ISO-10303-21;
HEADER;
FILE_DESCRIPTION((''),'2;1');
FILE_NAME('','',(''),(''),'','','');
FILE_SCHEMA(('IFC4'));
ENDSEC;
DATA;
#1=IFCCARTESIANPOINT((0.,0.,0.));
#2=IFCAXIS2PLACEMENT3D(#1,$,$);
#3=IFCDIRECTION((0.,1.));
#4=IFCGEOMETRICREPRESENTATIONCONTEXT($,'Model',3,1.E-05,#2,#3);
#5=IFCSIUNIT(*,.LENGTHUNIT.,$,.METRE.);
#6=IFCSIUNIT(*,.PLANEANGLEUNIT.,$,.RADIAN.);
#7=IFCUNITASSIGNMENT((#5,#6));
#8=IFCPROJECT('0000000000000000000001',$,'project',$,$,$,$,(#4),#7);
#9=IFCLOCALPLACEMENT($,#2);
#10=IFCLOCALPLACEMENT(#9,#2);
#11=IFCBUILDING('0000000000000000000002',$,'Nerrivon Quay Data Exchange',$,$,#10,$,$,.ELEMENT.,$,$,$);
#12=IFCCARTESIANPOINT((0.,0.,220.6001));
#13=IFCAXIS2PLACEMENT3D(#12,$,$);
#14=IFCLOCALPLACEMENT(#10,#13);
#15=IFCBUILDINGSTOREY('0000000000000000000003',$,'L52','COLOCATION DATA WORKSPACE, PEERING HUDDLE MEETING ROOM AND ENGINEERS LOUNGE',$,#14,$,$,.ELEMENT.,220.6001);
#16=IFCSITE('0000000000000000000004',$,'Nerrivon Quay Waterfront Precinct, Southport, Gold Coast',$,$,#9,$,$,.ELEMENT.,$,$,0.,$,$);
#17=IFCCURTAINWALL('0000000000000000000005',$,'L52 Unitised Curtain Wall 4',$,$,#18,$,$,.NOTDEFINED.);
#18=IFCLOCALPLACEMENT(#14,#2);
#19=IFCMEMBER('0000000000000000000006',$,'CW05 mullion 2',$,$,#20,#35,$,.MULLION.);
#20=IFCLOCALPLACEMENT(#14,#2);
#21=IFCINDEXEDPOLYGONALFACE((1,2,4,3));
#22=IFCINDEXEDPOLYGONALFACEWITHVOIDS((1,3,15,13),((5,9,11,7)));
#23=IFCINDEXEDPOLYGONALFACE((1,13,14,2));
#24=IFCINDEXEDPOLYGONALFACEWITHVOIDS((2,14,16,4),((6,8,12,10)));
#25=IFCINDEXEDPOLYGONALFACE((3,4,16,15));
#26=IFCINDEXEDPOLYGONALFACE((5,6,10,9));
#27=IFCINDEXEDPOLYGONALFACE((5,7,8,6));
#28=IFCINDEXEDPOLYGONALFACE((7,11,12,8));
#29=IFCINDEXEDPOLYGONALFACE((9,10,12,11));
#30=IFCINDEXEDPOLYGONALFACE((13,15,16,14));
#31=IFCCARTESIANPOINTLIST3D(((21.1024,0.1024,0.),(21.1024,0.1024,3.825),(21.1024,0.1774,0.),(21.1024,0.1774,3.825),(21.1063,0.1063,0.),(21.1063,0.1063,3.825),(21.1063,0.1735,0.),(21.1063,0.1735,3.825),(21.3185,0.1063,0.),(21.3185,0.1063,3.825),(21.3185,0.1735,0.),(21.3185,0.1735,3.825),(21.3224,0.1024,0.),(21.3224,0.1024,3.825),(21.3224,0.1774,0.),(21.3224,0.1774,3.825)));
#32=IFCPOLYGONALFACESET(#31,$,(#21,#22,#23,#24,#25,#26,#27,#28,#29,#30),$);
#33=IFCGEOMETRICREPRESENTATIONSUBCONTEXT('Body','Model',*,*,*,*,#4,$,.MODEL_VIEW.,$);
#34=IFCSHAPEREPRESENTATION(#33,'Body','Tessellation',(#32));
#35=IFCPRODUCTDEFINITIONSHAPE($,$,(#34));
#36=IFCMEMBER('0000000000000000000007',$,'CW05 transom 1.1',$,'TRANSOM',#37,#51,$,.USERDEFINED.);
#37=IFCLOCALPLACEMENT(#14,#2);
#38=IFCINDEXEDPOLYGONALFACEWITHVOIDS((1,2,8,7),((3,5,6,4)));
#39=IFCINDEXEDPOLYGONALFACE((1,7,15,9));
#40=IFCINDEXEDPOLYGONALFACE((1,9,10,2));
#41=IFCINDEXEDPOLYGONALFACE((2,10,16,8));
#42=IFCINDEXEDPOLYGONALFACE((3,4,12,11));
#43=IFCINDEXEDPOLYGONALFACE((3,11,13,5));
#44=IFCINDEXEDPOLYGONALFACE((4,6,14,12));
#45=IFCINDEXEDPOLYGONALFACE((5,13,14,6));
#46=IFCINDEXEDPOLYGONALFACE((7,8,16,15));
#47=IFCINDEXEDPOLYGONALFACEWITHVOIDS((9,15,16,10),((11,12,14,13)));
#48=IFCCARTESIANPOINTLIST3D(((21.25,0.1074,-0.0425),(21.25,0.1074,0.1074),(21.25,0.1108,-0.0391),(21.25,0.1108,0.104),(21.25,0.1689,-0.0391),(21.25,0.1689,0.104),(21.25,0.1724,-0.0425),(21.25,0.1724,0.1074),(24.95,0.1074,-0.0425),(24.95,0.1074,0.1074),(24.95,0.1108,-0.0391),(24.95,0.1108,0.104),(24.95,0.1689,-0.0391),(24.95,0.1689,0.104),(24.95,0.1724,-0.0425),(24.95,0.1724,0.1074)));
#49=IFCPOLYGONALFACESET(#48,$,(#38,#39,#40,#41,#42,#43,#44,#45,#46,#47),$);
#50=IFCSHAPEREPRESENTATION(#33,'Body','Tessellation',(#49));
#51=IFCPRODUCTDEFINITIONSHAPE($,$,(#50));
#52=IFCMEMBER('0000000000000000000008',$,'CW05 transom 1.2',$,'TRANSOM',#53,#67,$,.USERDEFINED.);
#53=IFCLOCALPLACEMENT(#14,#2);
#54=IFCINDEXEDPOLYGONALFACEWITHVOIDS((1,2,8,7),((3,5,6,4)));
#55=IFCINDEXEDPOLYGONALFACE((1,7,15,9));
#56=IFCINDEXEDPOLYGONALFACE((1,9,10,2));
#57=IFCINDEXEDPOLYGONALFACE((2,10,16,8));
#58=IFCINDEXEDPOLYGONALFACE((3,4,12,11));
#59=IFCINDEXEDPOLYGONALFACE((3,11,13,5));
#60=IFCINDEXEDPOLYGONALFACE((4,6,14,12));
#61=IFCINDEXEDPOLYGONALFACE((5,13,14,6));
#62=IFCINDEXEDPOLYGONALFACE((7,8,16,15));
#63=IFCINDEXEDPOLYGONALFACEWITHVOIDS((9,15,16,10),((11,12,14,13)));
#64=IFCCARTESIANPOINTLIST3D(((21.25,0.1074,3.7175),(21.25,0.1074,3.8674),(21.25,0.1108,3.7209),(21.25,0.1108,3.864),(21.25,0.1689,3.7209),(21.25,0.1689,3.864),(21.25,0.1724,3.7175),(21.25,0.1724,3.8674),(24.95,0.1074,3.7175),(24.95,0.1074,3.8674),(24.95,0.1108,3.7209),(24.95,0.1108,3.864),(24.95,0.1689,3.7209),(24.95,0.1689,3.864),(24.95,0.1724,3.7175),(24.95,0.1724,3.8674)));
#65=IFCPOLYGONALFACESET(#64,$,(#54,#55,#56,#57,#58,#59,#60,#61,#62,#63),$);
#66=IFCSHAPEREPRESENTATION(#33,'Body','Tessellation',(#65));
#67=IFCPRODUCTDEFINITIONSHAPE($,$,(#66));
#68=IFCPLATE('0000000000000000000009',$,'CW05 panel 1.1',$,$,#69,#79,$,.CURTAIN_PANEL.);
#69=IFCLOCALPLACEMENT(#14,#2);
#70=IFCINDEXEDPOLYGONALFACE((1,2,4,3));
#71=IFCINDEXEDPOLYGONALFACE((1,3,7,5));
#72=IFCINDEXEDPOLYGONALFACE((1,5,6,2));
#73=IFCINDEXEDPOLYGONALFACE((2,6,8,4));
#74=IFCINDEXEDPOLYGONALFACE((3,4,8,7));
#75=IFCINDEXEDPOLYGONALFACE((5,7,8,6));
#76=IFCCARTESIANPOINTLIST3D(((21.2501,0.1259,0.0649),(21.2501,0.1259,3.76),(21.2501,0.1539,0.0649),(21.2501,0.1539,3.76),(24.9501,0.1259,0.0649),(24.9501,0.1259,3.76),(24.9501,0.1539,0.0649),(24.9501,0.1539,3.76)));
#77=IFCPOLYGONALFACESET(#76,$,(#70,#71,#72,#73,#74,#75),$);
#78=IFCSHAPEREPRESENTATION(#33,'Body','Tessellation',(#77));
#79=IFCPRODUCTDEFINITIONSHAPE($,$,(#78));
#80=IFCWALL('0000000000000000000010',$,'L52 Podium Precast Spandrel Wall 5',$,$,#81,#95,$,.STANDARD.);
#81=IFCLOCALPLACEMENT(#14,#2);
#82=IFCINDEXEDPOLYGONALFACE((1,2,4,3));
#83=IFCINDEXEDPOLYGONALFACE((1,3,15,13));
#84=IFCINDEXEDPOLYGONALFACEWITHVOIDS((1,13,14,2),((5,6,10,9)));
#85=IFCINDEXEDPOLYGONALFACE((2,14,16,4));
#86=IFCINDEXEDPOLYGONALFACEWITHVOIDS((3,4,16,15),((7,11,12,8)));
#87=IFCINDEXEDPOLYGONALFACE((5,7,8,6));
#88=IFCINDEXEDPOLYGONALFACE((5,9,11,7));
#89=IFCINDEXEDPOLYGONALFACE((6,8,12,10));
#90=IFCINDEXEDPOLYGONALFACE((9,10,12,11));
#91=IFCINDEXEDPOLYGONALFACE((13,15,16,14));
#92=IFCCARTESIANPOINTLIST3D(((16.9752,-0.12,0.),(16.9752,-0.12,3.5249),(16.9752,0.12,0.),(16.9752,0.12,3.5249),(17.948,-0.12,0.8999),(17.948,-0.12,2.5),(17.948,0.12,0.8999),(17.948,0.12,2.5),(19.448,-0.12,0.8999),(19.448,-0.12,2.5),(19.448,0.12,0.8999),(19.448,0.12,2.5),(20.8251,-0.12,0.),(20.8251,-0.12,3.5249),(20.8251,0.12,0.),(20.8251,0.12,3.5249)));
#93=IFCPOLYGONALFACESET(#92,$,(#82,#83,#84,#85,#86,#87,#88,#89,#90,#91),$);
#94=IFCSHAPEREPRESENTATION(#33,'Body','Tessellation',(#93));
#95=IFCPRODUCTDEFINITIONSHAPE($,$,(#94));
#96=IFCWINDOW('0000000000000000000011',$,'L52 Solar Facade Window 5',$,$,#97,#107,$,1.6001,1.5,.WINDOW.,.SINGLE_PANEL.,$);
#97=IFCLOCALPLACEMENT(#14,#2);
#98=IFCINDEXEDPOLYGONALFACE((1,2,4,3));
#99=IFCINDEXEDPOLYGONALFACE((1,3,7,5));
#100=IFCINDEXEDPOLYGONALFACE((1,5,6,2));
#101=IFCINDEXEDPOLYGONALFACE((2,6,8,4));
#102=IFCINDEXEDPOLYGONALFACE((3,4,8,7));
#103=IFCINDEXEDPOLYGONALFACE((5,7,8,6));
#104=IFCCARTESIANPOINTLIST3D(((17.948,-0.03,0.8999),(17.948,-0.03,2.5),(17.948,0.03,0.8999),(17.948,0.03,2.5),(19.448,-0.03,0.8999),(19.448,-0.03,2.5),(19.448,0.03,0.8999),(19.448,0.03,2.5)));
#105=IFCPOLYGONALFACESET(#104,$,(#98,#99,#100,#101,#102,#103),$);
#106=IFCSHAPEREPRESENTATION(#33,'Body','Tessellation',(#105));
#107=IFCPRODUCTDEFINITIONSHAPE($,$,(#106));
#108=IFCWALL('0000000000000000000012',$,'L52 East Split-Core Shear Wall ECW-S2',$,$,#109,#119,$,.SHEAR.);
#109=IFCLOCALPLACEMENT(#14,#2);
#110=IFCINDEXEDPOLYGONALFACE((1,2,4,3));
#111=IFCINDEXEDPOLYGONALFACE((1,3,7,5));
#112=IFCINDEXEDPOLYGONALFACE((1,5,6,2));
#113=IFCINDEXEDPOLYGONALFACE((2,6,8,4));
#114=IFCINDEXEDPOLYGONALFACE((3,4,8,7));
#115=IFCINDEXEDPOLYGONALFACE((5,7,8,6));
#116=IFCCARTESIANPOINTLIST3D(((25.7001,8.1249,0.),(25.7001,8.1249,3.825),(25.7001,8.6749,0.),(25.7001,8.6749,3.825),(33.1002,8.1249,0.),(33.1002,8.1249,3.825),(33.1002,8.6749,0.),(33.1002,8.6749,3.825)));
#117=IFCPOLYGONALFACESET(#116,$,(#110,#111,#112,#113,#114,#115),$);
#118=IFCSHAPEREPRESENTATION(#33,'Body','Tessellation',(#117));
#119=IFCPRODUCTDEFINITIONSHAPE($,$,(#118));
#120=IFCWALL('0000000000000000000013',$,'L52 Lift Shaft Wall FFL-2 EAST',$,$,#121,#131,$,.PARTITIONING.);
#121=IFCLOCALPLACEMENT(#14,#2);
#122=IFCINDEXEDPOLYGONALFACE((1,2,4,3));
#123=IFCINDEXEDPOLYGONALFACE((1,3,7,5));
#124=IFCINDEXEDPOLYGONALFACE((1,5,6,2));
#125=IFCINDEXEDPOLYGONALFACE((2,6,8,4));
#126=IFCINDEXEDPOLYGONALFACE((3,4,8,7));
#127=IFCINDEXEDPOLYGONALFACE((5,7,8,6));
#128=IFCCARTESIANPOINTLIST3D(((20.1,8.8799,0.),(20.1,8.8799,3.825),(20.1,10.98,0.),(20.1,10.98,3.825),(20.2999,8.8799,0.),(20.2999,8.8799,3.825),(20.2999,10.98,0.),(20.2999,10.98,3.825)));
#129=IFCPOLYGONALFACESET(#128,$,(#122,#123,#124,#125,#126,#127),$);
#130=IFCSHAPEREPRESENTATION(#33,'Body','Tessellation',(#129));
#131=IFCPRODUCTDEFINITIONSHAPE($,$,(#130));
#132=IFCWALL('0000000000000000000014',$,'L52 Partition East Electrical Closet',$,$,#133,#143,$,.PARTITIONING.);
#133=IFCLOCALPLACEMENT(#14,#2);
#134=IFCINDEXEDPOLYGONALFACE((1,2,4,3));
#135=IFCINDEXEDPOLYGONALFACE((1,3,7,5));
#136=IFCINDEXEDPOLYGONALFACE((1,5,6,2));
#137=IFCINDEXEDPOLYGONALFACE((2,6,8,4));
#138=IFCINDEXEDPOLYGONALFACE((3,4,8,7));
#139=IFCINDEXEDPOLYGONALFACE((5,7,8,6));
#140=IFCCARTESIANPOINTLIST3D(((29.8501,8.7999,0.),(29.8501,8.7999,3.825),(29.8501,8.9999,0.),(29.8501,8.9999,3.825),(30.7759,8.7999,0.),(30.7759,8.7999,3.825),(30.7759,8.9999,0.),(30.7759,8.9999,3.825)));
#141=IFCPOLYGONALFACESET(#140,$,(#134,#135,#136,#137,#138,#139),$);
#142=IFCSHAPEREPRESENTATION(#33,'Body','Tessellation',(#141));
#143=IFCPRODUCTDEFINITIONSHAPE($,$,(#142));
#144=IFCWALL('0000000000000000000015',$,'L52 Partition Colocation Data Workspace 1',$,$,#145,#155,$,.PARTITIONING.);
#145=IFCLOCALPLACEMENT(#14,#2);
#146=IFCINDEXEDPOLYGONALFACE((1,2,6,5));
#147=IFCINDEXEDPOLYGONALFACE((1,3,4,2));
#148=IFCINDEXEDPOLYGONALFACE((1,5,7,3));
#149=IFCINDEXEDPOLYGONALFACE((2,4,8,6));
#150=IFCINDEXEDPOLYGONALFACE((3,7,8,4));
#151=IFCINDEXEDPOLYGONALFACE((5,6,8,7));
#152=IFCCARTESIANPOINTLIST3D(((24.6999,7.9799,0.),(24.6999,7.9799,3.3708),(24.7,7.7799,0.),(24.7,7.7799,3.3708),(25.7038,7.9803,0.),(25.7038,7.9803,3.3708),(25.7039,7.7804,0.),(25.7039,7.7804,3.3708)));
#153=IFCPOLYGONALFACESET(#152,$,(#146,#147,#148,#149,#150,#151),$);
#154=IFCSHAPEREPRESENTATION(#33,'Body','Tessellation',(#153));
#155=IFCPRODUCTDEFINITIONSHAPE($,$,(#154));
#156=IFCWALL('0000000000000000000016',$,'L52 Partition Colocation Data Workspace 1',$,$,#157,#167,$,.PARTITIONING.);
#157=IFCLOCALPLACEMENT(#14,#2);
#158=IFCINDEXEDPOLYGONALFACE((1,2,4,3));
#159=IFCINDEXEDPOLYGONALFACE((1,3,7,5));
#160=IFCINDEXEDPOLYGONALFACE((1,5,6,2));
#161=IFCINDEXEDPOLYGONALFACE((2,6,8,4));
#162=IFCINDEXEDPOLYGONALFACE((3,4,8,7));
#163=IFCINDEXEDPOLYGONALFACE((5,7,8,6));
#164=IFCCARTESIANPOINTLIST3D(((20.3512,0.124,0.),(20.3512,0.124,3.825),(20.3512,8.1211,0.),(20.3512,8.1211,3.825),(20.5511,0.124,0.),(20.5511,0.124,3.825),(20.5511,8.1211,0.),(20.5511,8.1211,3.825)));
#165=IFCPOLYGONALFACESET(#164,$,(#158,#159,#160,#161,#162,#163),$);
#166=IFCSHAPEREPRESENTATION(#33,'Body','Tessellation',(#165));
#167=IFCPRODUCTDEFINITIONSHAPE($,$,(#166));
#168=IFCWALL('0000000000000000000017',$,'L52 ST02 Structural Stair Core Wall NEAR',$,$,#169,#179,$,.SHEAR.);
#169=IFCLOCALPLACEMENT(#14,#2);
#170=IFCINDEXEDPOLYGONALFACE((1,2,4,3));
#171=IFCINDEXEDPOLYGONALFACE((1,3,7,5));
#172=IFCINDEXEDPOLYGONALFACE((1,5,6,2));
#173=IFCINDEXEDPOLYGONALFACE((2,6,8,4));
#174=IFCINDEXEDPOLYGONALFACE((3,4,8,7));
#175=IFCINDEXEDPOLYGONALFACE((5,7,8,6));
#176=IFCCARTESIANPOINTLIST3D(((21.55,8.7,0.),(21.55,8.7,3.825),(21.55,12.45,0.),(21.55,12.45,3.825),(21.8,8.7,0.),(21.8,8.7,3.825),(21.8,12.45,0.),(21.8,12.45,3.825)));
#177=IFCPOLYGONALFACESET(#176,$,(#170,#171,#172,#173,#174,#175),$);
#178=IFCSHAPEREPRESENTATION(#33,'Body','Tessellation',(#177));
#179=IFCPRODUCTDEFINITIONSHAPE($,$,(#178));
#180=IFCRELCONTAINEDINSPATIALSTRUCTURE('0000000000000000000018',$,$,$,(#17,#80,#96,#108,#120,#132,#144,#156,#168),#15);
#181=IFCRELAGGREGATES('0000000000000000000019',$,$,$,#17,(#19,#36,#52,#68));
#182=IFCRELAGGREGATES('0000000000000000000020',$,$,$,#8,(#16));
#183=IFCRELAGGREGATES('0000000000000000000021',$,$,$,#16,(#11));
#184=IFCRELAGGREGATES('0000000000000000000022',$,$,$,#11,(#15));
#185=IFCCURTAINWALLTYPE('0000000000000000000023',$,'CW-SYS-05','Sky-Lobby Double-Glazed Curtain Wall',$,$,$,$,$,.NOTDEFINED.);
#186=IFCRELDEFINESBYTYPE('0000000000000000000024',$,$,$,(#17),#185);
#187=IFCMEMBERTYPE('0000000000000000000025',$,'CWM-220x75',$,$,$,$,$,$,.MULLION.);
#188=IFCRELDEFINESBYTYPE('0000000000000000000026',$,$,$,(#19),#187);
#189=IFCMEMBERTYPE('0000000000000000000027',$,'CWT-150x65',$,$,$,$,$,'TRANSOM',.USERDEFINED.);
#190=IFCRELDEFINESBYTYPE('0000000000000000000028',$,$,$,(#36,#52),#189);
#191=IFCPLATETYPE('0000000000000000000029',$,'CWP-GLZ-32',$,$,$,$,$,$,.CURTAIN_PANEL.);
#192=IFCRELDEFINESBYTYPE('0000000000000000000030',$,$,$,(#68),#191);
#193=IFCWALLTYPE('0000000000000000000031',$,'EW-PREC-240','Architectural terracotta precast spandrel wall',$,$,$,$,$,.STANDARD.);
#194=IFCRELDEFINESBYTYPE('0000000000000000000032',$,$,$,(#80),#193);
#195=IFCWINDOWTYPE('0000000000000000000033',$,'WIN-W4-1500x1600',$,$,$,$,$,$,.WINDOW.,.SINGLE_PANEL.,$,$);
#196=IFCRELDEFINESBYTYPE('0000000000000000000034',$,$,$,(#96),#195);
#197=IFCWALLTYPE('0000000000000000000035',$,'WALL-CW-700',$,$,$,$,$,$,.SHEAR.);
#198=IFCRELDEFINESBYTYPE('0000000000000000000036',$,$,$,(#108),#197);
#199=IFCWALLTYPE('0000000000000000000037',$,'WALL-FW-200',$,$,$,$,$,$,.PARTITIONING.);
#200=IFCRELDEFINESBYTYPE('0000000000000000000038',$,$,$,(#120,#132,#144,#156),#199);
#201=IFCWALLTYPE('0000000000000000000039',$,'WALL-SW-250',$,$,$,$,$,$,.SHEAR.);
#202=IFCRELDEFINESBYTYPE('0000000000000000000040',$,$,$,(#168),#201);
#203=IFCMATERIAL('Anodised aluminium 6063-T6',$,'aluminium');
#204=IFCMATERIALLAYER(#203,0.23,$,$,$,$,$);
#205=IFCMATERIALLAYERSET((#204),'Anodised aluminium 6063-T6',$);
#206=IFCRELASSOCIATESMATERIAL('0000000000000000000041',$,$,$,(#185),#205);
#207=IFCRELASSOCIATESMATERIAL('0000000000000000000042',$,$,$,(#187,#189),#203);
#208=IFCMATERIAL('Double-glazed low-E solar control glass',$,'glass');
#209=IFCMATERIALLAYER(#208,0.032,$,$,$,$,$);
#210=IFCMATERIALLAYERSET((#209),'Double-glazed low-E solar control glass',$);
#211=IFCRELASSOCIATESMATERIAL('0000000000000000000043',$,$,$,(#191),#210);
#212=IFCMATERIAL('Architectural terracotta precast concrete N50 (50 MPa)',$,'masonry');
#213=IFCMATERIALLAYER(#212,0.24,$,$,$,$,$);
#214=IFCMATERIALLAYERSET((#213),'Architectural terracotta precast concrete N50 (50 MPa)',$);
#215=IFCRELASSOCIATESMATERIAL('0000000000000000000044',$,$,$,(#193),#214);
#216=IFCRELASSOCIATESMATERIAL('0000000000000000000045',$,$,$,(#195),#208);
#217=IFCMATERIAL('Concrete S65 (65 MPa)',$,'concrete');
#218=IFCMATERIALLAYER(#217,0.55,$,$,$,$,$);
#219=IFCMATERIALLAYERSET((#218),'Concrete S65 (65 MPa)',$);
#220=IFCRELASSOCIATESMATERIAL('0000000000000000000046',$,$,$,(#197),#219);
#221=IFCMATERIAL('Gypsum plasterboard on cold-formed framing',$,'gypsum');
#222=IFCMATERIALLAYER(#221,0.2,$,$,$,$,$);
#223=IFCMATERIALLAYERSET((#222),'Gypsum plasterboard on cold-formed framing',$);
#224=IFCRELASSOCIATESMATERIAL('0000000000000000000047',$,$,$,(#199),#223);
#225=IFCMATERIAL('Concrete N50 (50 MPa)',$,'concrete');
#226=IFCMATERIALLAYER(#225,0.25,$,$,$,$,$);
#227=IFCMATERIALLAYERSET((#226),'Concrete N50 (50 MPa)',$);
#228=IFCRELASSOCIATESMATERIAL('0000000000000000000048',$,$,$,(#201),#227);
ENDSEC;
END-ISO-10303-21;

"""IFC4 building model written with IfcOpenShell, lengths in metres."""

from ifc_helpers import new_model, si_unit, direction, frame, frame_2d, origin, origin_2d, place, context, subcontext, project, spatial, rectangle, hollow_rectangle, extrude, material, layer, layer_set, material_profile, profile_set, type_object, element, fill, aggregate, save


model = new_model("IFC4")

# Units and contexts
model_context = context("Model", 3, precision=1e-05, world=origin(), true_north=direction((0.0, 1.0)))
body_context = subcontext(model_context, "Body", "Model", "MODEL_VIEW")
ifc_project = project(units=[si_unit("LENGTHUNIT", "METRE"), si_unit("PLANEANGLEUNIT", "RADIAN")], contexts=[model_context])

# Site, building, storey
site_placement = place(None, origin())
site = spatial("IfcSite", under=ifc_project, at=site_placement, Name="Nerrivon Quay Waterfront Precinct, Southport, Gold Coast", CompositionType="ELEMENT", RefElevation=0.0)
building_placement = place(site_placement, origin())
building = spatial("IfcBuilding", under=site, at=building_placement, Name="Nerrivon Quay Data Exchange", CompositionType="ELEMENT")
storey_placement = place(building_placement, frame((0.0, 0.0, 220.6001)))
storey = spatial("IfcBuildingStorey", under=building, at=storey_placement, Name="L52", Description="COLOCATION DATA WORKSPACE, PEERING HUDDLE MEETING ROOM AND ENGINEERS LOUNGE", CompositionType="ELEMENT", Elevation=220.6001)

# Shared definitions
ifc_material_1 = material(Name="Concrete S65 (65 MPa)", Category="concrete")
ifc_material_2 = material(Name="Concrete N50 (50 MPa)", Category="concrete")

# Curtain wall, members, plate
ifc_material_3 = material(Name="Anodised aluminium 6063-T6", Category="aluminium")
ifc_layer_1 = layer(ifc_material_3, 0.23)
ifc_layer_set_1 = layer_set([ifc_layer_1], Name="Anodised aluminium 6063-T6")
curtain_wall_type = type_object("IfcCurtainWallType", Name="CW-SYS-05", Description="Sky-Lobby Double-Glazed Curtain Wall", PredefinedType="NOTDEFINED", material=ifc_layer_set_1)
curtain_wall_placement = place(storey_placement, origin())
curtain_wall = element("IfcCurtainWall", 1, at=curtain_wall_placement, inside=storey, type_object=curtain_wall_type, Name="L52 Unitised Curtain Wall 4", PredefinedType="NOTDEFINED")
ifc_material_profile_1 = material_profile(ifc_material_3, hollow_rectangle(XDim=0.075, YDim=0.22, WallThickness=0.0039, at=origin_2d()), Name="ALU-MULL-220x75")
ifc_profile_set_1 = profile_set([ifc_material_profile_1], Name="Anodised aluminium 6063-T6")
member_type_1 = type_object("IfcMemberType", Name="CWM-220x75", PredefinedType="MULLION", material=ifc_profile_set_1)
member_1_placement = place(storey_placement, frame((21.2124, 0.1399, 0.0), z_axis=(0.0, 0.0, 1.0), x_axis=(0.0, -1.0, 0.0)))
member_1 = element("IfcMember", 2, at=member_1_placement, type_object=member_type_1, Name="CW05 mullion 2", PredefinedType="MULLION", context=body_context, shape_type="SweptSolid", body=[
    extrude(hollow_rectangle(XDim=0.075, YDim=0.22, WallThickness=0.0039, at=origin_2d()), origin(), (0.0, 0.0, 1.0), 3.825),
])
ifc_material_profile_2 = material_profile(ifc_material_3, hollow_rectangle(XDim=0.0649, YDim=0.1499, WallThickness=0.0034, at=origin_2d()), Name="ALU-TRAN-150x65")
ifc_profile_set_2 = profile_set([ifc_material_profile_2], Name="Anodised aluminium 6063-T6")
member_type_2 = type_object("IfcMemberType", Name="CWT-150x65", ElementType="TRANSOM", PredefinedType="USERDEFINED", material=ifc_profile_set_2)
member_2_placement = place(storey_placement, frame((24.95, 0.1399, 0.0325), z_axis=(-1.0, 0.0, 0.0), x_axis=(0.0, -1.0, 0.0)))
member_2 = element("IfcMember", 3, at=member_2_placement, type_object=member_type_2, Name="CW05 transom 1.1", ObjectType="TRANSOM", PredefinedType="USERDEFINED", context=body_context, shape_type="SweptSolid", body=[
    extrude(hollow_rectangle(XDim=0.0649, YDim=0.1499, WallThickness=0.0034, at=origin_2d()), origin(), (0.0, 0.0, 1.0), 3.7),
])
member_3_placement = place(storey_placement, frame((24.95, 0.1399, 3.7925), z_axis=(-1.0, 0.0, 0.0), x_axis=(0.0, -1.0, 0.0)))
member_3 = element("IfcMember", 4, at=member_3_placement, type_object=member_type_2, Name="CW05 transom 1.2", ObjectType="TRANSOM", PredefinedType="USERDEFINED", context=body_context, shape_type="SweptSolid", body=[
    extrude(hollow_rectangle(XDim=0.0649, YDim=0.1499, WallThickness=0.0034, at=origin_2d()), origin(), (0.0, 0.0, 1.0), 3.7),
])
ifc_material_4 = material(Name="Double-glazed low-E solar control glass", Category="glass")
ifc_layer_2 = layer(ifc_material_4, 0.032)
ifc_layer_set_2 = layer_set([ifc_layer_2], Name="Double-glazed low-E solar control glass")
plate_type = type_object("IfcPlateType", Name="CWP-GLZ-32", PredefinedType="CURTAIN_PANEL", material=ifc_layer_set_2)
plate_placement = place(storey_placement, frame((23.1001, 0.1399, 0.0649), z_axis=(0.0, 0.0, 1.0), x_axis=(-1.0, 0.0, 0.0)))
plate = element("IfcPlate", 5, at=plate_placement, type_object=plate_type, Name="CW05 panel 1.1", PredefinedType="CURTAIN_PANEL", context=body_context, shape_type="SweptSolid", body=[
    extrude(rectangle(XDim=3.7, YDim=0.0281, at=origin_2d()), origin(), (0.0, 0.0, 1.0), 3.6951),
])
aggregate(curtain_wall, [member_1, member_2, member_3, plate])

# Wall, opening, window
ifc_material_5 = material(Name="Architectural terracotta precast concrete N50 (50 MPa)", Category="masonry")
ifc_layer_3 = layer(ifc_material_5, 0.24)
ifc_layer_set_3 = layer_set([ifc_layer_3], Name="Architectural terracotta precast concrete N50 (50 MPa)")
wall_type_1 = type_object("IfcWallType", Name="EW-PREC-240", Description="Architectural terracotta precast spandrel wall", PredefinedType="STANDARD", material=ifc_layer_set_3)
wall_1_placement = place(storey_placement, frame((20.825, 0.0, 0.0), z_axis=(0.0, 0.0, 1.0), x_axis=(-1.0, 0.0, 0.0)))
wall_1 = element("IfcWall", 6, at=wall_1_placement, inside=storey, type_object=wall_type_1, Name="L52 Podium Precast Spandrel Wall 5", PredefinedType="STANDARD", context=body_context, shape_type="SweptSolid", body=[
    extrude(rectangle(XDim=3.8499, YDim=0.24, at=frame_2d((1.9248, 0.0))), origin(), (0.0, 0.0, 1.0), 3.5249),
])
opening_1_placement = place(wall_1_placement, frame((1.377, 0.0, 0.8999)))
opening_1 = element("IfcOpeningElement", 7, at=opening_1_placement, cuts=wall_1, PredefinedType="OPENING", context=body_context, shape_type="SweptSolid", body=[
    extrude(rectangle(XDim=1.5, YDim=1.6001, at=frame_2d((0.75, 0.8))), frame((0.0, 0.1299, 0.0), z_axis=(0.0, -1.0, 0.0), x_axis=(1.0, 0.0, 0.0)), (0.0, 0.0, 1.0), 0.26),
])
window_type = type_object("IfcWindowType", Name="WIN-W4-1500x1600", PartitioningType="SINGLE_PANEL", PredefinedType="WINDOW", material=ifc_material_4)
window_placement = place(opening_1_placement, origin())
window = element("IfcWindow", 8, at=window_placement, inside=storey, type_object=window_type, Name="L52 Solar Facade Window 5", OverallHeight=1.6001, OverallWidth=1.5, PartitioningType="SINGLE_PANEL", PredefinedType="WINDOW", context=body_context, shape_type="SweptSolid", body=[
    extrude(rectangle(XDim=1.5, YDim=1.6001, at=frame_2d((0.75, 0.8))), frame((0.0, 0.03, 0.0), z_axis=(0.0, -1.0, 0.0), x_axis=(1.0, 0.0, 0.0)), (0.0, 0.0, 1.0), 0.0601),
])
fill(opening_1, window)

# Walls
ifc_layer_4 = layer(ifc_material_1, 0.55)
ifc_layer_set_4 = layer_set([ifc_layer_4], Name="Concrete S65 (65 MPa)")
wall_type_2 = type_object("IfcWallType", Name="WALL-CW-700", PredefinedType="SHEAR", material=ifc_layer_set_4)
wall_2_placement = place(storey_placement, frame((25.7, 8.3999, 0.0), z_axis=(0.0, 0.0, 1.0), x_axis=(1.0, 0.0, 0.0)))
element("IfcWall", 9, at=wall_2_placement, inside=storey, type_object=wall_type_2, Name="L52 East Split-Core Shear Wall ECW-S2", PredefinedType="SHEAR", context=body_context, shape_type="SweptSolid", body=[
    extrude(rectangle(XDim=7.4001, YDim=0.55, at=frame_2d((3.7002, 0.0))), origin(), (0.0, 0.0, 1.0), 3.825),
])
ifc_material_6 = material(Name="Gypsum plasterboard on cold-formed framing", Category="gypsum")
ifc_layer_5 = layer(ifc_material_6, 0.2)
ifc_layer_set_5 = layer_set([ifc_layer_5], Name="Gypsum plasterboard on cold-formed framing")
wall_type_3 = type_object("IfcWallType", Name="WALL-FW-200", PredefinedType="PARTITIONING", material=ifc_layer_set_5)
wall_3_placement = place(storey_placement, frame((20.2, 8.8799, 0.0), z_axis=(0.0, 0.0, 1.0), x_axis=(0.0, 1.0, 0.0)))
element("IfcWall", 10, at=wall_3_placement, inside=storey, type_object=wall_type_3, Name="L52 Lift Shaft Wall FFL-2 EAST", PredefinedType="PARTITIONING", context=body_context, shape_type="SweptSolid", body=[
    extrude(rectangle(XDim=2.1001, YDim=0.2, at=frame_2d((1.05, 0.0))), origin(), (0.0, 0.0, 1.0), 3.825),
])

# Walls
wall_4_placement = place(storey_placement, frame((29.8501, 8.8999, 0.0), z_axis=(0.0, 0.0, 1.0), x_axis=(1.0, 0.0, 0.0)))
element("IfcWall", 11, at=wall_4_placement, inside=storey, type_object=wall_type_3, Name="L52 Partition East Electrical Closet", PredefinedType="PARTITIONING", context=body_context, shape_type="SweptSolid", body=[
    extrude(rectangle(XDim=0.9258, YDim=0.2, at=frame_2d((0.4629, 0.0))), origin(), (0.0, 0.0, 1.0), 3.825),
])
wall_5_placement = place(storey_placement, frame((25.7039, 7.8804, 0.0), z_axis=(0.0, 0.0, 1.0), x_axis=(-1.0, -0.000486, 0.0)))
element("IfcWall", 12, at=wall_5_placement, inside=storey, type_object=wall_type_3, Name="L52 Partition Colocation Data Workspace 1", PredefinedType="PARTITIONING", context=body_context, shape_type="SweptSolid", body=[
    extrude(rectangle(XDim=1.0039, YDim=0.2, at=frame_2d((0.502, 0.0))), origin(), (0.0, 0.0, 1.0), 3.3708),
])
wall_6_placement = place(storey_placement, frame((20.4512, 8.1211, 0.0), z_axis=(0.0, 0.0, 1.0), x_axis=(0.0, -1.0, 0.0)))
element("IfcWall", 13, at=wall_6_placement, inside=storey, type_object=wall_type_3, Name="L52 Partition Colocation Data Workspace 1", PredefinedType="PARTITIONING", context=body_context, shape_type="SweptSolid", body=[
    extrude(rectangle(XDim=7.9971, YDim=0.2, at=frame_2d((3.9985, 0.0))), origin(), (0.0, 0.0, 1.0), 3.825),
])
ifc_layer_6 = layer(ifc_material_2, 0.25)
ifc_layer_set_6 = layer_set([ifc_layer_6], Name="Concrete N50 (50 MPa)")
wall_type_4 = type_object("IfcWallType", Name="WALL-SW-250", PredefinedType="SHEAR", material=ifc_layer_set_6)
for number, where, z_axis, x_axis, name in (
    (14, (21.675, 8.7, 0.0), (0.0, 0.0, 1.0), (0.0, 1.0, 0.0), "L52 ST02 Structural Stair Core Wall NEAR"),
):
    element("IfcWall", number, at=place(storey_placement, frame(where, z_axis=z_axis, x_axis=x_axis)), inside=storey, type_object=wall_type_4, Name=name, PredefinedType="SHEAR", context=body_context, shape_type="SweptSolid", body=[
        extrude(rectangle(XDim=3.75, YDim=0.25, at=frame_2d((1.875, 0.0))), origin(), (0.0, 0.0, 1.0), 3.825),
    ])

save(model, "model.ifc")
